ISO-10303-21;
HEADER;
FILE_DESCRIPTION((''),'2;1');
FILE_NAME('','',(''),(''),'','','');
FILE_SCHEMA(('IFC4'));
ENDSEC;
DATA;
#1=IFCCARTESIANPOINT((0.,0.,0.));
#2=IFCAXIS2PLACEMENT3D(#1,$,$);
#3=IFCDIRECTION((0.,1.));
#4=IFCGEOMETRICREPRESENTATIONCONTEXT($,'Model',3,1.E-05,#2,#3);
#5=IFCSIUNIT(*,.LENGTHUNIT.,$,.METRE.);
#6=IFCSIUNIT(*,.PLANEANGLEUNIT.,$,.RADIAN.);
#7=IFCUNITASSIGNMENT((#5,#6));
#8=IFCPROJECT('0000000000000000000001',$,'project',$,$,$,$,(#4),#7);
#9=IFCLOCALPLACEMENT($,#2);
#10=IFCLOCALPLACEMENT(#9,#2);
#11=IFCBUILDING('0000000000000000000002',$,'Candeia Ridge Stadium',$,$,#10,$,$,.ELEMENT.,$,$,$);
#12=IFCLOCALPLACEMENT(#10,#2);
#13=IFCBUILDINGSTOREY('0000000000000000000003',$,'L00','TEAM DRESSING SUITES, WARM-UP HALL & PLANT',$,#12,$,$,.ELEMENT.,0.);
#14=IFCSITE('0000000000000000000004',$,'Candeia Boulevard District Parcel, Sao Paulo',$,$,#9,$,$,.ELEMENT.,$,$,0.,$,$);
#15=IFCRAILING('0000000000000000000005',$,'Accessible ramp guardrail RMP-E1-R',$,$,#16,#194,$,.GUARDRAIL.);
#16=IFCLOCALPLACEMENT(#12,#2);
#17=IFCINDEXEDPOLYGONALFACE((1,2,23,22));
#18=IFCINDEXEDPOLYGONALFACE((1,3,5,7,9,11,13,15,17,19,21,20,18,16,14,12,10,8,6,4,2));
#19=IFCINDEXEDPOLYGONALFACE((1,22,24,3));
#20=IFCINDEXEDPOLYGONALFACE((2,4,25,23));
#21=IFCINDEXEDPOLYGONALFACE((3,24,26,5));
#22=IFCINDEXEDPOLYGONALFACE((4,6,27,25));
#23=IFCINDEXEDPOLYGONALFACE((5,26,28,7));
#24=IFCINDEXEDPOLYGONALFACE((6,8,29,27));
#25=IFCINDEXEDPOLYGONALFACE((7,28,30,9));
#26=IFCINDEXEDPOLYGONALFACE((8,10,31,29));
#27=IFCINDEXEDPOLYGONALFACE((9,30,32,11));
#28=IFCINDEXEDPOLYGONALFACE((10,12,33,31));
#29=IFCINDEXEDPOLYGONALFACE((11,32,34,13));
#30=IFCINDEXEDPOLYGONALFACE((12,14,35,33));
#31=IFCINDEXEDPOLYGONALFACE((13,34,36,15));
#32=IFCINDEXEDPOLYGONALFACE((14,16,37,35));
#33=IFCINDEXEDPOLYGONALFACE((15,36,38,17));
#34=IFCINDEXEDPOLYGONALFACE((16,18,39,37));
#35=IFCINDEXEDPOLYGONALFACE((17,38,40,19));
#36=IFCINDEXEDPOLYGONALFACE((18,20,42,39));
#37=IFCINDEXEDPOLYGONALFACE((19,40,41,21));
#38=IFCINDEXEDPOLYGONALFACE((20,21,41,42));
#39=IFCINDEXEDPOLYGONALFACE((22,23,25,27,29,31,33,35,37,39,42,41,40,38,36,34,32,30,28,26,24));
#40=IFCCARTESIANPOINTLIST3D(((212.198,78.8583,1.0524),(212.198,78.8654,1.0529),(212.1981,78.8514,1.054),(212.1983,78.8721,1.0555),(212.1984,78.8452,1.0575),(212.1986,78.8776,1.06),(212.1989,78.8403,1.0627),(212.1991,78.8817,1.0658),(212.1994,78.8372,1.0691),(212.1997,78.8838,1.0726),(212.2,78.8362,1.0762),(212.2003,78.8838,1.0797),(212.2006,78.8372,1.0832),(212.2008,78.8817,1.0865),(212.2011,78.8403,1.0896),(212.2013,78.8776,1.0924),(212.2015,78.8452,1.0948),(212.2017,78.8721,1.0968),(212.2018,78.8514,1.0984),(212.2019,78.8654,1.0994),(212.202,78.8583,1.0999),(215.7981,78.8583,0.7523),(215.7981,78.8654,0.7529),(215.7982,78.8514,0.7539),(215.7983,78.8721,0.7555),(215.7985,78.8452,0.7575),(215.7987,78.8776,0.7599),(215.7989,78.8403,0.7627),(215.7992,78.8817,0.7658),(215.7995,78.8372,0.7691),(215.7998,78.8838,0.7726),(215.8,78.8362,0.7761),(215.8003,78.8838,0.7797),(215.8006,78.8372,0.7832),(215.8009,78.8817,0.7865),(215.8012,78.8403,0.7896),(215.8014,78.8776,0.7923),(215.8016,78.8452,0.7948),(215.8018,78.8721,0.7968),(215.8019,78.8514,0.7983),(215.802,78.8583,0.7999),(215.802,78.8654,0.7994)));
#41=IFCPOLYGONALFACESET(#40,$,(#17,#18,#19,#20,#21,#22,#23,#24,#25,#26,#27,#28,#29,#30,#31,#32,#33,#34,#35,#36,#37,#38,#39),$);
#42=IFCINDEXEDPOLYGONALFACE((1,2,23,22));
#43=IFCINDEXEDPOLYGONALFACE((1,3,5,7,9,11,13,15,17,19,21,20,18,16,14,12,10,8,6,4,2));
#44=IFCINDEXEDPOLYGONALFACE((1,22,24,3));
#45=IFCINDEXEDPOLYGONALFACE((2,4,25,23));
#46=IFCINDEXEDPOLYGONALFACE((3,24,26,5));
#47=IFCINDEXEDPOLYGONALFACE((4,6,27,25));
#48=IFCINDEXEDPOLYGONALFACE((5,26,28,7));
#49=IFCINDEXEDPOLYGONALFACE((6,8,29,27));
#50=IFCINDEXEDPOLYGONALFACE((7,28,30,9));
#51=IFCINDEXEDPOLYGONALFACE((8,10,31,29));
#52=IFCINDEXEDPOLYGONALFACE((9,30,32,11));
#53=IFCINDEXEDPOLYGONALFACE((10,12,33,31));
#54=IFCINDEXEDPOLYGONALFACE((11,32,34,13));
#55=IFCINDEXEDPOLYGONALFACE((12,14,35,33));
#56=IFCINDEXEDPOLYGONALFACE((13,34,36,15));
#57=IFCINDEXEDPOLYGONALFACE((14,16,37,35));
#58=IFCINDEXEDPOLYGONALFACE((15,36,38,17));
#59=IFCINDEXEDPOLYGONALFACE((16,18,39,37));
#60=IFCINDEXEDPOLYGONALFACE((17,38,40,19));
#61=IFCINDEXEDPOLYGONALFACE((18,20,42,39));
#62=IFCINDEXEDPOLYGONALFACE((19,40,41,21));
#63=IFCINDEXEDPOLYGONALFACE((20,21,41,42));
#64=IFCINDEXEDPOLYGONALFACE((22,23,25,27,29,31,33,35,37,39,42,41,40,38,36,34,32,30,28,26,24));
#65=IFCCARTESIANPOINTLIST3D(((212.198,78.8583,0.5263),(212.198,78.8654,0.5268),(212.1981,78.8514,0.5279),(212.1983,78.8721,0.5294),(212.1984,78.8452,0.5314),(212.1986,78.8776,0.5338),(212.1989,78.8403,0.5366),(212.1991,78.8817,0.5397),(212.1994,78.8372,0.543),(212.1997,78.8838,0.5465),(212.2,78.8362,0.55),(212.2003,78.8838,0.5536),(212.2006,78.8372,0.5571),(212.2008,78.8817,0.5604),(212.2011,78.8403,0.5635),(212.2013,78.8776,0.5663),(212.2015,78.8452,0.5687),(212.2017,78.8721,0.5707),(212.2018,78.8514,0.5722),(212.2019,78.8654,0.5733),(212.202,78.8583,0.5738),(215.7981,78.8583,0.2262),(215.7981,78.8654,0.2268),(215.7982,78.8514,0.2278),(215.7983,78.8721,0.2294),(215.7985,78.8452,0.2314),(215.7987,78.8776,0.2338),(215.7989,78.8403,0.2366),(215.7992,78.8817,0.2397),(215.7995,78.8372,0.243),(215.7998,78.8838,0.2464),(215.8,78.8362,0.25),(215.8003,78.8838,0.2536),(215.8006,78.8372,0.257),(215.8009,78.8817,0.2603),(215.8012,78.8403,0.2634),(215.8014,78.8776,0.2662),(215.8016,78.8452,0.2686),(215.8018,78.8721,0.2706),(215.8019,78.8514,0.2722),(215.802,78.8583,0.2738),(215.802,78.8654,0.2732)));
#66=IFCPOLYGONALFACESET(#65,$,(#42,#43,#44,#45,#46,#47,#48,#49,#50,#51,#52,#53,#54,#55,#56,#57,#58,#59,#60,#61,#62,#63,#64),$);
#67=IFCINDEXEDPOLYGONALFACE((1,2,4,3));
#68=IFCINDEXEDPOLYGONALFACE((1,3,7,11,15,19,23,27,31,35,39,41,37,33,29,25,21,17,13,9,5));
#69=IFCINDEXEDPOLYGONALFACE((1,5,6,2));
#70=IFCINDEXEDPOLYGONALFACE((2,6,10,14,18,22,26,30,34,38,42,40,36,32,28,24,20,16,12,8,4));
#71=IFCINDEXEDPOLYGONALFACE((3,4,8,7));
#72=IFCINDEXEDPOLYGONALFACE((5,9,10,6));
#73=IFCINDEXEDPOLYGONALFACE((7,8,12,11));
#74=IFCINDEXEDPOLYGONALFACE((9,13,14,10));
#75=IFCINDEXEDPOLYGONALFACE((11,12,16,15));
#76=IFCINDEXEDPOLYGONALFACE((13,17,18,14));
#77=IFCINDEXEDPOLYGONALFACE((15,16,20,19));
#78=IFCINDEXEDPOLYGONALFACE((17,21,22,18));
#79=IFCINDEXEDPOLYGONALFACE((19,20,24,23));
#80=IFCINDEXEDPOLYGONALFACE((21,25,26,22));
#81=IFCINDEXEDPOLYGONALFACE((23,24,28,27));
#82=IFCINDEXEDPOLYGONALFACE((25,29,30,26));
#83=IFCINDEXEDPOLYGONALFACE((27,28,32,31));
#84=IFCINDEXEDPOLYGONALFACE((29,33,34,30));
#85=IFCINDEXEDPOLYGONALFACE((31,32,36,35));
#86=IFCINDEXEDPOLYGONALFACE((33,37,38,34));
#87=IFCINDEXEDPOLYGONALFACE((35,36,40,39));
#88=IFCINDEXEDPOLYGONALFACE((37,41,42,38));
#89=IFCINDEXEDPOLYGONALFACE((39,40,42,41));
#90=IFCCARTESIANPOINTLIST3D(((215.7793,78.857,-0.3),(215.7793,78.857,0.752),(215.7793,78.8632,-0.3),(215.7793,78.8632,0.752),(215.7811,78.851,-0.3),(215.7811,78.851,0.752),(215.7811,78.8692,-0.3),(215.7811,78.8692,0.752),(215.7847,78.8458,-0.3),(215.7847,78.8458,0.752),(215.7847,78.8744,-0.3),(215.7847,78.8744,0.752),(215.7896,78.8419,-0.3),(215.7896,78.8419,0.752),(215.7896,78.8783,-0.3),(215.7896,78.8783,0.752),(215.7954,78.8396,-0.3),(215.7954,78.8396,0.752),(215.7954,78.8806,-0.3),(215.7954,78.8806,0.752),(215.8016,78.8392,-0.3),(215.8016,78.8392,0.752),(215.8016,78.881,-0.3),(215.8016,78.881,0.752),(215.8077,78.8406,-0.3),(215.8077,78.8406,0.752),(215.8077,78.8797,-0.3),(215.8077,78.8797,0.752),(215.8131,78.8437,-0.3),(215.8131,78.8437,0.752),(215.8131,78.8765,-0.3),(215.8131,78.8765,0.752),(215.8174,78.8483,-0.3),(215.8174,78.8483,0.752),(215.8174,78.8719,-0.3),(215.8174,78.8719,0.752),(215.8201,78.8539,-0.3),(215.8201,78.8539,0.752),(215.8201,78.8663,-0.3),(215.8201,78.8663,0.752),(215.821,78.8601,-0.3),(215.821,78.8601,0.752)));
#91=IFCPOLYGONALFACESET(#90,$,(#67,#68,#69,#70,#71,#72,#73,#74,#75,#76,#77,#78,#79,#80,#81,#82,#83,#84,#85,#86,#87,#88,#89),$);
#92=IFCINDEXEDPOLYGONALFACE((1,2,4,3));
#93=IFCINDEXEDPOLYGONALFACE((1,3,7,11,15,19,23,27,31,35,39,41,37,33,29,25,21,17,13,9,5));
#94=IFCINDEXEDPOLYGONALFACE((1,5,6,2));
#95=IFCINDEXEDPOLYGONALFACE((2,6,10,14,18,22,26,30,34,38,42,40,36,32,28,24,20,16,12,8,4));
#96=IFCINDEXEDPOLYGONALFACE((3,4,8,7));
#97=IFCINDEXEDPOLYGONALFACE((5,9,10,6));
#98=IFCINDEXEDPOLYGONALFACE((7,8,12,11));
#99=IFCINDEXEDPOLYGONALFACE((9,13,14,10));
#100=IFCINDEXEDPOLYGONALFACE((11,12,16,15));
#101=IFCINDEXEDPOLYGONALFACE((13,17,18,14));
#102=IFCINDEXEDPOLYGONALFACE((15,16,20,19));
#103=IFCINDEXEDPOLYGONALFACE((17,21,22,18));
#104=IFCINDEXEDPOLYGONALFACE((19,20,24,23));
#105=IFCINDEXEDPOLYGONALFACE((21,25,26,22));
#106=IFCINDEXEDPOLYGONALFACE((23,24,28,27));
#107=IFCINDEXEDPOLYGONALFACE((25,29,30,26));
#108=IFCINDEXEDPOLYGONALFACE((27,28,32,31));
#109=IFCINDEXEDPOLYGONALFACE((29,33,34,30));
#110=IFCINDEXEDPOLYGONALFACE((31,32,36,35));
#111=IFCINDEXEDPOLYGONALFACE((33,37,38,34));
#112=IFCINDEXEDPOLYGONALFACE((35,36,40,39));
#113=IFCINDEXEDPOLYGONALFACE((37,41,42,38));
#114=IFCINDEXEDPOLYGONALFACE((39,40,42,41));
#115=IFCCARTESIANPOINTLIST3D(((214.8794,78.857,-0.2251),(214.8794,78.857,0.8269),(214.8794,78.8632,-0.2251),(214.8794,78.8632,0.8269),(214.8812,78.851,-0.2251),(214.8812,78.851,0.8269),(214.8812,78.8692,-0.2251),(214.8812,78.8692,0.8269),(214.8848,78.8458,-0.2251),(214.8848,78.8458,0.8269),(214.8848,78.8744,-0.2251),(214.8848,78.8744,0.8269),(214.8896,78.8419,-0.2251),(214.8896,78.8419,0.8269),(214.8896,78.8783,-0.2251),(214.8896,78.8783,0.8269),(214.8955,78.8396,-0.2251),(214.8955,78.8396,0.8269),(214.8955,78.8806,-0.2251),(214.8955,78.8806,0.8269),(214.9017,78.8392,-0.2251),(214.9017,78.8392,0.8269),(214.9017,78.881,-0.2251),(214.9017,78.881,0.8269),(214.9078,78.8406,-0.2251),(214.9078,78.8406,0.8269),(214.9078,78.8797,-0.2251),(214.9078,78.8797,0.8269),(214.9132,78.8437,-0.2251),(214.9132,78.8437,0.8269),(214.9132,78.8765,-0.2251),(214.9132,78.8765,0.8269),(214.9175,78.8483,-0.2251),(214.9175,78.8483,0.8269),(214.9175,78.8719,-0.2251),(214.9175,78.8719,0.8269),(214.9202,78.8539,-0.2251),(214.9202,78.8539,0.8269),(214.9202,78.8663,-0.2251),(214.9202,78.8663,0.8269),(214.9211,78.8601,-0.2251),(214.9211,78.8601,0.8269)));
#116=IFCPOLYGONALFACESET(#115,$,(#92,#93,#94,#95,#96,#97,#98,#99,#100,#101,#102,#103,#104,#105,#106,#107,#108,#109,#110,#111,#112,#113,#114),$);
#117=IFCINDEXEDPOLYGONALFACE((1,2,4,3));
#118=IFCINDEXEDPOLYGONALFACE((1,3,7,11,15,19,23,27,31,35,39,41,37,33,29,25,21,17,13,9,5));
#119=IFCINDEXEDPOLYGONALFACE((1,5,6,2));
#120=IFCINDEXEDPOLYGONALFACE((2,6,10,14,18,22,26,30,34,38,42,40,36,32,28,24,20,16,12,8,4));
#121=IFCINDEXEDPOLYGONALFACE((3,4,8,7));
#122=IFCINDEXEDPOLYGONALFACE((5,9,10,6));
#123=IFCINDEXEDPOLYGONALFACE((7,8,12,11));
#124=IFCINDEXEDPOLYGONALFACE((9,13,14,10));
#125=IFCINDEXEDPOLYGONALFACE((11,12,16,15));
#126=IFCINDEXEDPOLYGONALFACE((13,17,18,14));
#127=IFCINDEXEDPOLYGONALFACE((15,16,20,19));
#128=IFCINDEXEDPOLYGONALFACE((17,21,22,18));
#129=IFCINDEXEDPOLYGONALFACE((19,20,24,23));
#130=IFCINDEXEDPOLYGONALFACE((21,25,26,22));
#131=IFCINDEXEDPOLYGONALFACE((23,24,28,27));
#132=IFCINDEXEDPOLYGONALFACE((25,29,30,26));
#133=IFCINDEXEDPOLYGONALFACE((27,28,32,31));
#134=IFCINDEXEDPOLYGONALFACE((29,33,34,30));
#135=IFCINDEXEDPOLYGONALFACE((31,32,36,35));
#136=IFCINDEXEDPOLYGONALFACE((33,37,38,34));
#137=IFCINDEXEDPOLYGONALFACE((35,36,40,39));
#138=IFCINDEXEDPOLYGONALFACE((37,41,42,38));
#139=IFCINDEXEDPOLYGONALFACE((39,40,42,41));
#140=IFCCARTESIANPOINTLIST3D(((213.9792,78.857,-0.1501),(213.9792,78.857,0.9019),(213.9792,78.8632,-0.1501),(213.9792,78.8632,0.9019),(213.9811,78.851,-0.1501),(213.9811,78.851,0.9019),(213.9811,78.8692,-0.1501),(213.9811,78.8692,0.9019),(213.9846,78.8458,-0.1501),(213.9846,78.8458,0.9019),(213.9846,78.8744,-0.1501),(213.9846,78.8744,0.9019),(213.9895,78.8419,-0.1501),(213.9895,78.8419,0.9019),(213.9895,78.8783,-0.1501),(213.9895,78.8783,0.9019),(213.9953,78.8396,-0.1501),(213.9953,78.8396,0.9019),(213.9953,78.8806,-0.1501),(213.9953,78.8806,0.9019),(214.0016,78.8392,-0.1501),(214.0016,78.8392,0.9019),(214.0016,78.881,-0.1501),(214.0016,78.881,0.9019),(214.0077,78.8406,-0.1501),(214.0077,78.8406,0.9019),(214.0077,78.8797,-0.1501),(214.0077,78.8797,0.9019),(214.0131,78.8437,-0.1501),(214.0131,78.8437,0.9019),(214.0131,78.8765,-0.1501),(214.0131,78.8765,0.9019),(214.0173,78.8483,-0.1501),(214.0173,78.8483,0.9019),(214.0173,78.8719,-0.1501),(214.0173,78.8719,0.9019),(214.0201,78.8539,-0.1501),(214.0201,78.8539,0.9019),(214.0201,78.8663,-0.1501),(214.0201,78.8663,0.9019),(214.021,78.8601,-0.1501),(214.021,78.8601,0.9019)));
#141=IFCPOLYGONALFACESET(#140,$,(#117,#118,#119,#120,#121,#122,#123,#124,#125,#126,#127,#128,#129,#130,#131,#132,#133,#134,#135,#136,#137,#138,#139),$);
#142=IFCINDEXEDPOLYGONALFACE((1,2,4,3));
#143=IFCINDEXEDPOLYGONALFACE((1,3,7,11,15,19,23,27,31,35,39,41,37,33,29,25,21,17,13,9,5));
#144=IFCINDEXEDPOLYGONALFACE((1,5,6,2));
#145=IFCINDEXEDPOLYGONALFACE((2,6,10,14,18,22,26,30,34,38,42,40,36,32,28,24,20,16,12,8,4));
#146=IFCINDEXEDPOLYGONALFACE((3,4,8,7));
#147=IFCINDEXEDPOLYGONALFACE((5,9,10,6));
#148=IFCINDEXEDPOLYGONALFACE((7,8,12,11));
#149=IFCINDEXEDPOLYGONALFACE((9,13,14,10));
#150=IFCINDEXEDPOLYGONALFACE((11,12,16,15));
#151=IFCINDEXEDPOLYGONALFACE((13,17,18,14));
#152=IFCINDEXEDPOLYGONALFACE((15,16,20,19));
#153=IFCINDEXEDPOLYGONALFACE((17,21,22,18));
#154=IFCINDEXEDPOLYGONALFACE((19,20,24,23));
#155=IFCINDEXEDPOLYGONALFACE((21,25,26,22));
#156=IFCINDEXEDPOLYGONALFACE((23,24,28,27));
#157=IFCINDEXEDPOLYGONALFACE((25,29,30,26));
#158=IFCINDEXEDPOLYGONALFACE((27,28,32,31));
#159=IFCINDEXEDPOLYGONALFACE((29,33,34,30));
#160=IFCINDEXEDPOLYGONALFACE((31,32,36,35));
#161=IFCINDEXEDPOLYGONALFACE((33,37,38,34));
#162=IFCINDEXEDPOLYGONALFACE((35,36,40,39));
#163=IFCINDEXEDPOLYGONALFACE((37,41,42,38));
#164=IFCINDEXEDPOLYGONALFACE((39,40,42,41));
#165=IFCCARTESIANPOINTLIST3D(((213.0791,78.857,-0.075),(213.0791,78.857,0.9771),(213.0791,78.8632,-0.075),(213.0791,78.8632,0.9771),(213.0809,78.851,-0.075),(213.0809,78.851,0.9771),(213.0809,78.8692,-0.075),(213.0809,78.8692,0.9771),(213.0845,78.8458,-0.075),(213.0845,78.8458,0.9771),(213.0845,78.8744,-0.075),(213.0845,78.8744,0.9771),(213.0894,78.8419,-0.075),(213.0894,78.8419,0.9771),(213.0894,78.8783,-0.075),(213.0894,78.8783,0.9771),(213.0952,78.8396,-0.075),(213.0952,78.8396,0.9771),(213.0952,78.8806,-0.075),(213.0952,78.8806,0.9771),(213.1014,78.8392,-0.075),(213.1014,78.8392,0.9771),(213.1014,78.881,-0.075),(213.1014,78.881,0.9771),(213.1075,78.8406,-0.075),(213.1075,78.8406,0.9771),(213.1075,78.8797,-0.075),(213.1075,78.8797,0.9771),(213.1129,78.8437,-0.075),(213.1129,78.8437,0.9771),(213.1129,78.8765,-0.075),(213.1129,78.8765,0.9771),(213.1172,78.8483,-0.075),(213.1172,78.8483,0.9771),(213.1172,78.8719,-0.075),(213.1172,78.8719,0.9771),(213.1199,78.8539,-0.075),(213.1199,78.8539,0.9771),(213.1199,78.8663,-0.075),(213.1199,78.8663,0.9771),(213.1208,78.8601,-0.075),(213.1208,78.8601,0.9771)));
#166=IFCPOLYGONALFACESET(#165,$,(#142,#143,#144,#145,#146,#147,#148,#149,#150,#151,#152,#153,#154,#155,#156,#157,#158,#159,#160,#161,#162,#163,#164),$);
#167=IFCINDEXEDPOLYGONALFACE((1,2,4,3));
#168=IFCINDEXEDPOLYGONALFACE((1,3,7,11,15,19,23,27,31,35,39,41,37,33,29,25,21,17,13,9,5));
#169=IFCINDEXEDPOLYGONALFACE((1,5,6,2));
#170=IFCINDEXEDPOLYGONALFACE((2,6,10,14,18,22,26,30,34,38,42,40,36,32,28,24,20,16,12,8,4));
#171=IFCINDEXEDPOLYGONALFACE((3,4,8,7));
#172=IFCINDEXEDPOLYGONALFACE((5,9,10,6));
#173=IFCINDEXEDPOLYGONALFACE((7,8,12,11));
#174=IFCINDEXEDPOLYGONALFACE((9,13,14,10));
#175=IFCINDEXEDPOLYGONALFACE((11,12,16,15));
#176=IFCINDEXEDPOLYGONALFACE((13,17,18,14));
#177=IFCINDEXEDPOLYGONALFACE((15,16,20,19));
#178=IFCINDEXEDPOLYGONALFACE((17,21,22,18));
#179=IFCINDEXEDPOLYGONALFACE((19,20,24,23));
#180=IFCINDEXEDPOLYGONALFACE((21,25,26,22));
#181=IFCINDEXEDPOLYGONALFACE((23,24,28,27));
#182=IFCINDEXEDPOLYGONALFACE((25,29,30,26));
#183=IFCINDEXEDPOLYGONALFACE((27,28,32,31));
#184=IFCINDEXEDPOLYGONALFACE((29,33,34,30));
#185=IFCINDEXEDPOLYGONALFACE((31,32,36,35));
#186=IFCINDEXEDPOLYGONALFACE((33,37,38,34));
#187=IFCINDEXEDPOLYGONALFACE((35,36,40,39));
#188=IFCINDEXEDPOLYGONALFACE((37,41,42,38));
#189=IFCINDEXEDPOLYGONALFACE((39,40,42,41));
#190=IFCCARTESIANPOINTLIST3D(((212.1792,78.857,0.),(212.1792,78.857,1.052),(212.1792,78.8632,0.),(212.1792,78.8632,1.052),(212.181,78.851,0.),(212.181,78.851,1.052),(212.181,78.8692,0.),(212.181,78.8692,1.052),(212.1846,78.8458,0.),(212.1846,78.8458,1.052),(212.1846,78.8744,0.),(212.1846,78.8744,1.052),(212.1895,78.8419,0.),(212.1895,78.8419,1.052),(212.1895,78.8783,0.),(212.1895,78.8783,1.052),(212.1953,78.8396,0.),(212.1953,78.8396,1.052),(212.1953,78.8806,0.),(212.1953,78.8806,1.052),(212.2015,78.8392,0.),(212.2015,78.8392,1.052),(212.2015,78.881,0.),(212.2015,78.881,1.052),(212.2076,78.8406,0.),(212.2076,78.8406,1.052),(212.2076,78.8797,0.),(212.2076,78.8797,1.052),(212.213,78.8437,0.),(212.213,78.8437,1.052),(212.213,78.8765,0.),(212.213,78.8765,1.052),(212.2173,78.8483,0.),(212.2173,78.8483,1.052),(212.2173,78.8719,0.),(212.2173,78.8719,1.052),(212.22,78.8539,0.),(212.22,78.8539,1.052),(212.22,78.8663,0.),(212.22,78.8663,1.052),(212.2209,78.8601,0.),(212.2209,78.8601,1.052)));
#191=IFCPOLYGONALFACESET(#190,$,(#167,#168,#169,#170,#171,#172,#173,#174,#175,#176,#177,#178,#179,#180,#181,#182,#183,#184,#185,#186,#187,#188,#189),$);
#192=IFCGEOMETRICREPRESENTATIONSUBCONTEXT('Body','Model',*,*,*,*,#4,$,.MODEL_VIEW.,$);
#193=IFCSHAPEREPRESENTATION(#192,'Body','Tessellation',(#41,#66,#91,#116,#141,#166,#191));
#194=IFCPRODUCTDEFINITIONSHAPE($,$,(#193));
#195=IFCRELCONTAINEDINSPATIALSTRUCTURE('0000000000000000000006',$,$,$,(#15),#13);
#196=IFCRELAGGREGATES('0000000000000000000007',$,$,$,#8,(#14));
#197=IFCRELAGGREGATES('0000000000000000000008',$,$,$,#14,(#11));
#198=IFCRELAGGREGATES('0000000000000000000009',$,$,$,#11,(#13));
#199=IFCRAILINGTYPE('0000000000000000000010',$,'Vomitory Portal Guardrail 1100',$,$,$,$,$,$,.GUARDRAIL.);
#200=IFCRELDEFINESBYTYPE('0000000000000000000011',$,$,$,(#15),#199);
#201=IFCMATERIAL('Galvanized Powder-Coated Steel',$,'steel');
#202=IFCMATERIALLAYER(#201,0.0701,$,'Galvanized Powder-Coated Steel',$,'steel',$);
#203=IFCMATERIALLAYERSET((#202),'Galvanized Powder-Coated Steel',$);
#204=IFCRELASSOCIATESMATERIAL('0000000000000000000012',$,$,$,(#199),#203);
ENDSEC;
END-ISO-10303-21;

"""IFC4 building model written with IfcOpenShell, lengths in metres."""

from ifc_helpers import new_model, si_unit, direction, frame, origin, origin_2d, place, context, subcontext, project, spatial, circle, extrude, material, layer, layer_set, type_object, element, save


model = new_model("IFC4")

# Units and contexts
model_context = context("Model", 3, precision=1e-05, world=origin(), true_north=direction((0.0, 1.0)))
body_context = subcontext(model_context, "Body", "Model", "MODEL_VIEW")
ifc_project = project(units=[si_unit("LENGTHUNIT", "METRE"), si_unit("PLANEANGLEUNIT", "RADIAN")], contexts=[model_context])

# Site, building, storey
site_placement = place(None, origin())
site = spatial("IfcSite", under=ifc_project, at=site_placement, Name="Candeia Boulevard District Parcel, Sao Paulo", CompositionType="ELEMENT", RefElevation=0.0)
building_placement = place(site_placement, origin())
building = spatial("IfcBuilding", under=site, at=building_placement, Name="Candeia Ridge Stadium", CompositionType="ELEMENT")
storey_placement = place(building_placement, origin())
storey = spatial("IfcBuildingStorey", under=building, at=storey_placement, Name="L00", Description="TEAM DRESSING SUITES, WARM-UP HALL & PLANT", CompositionType="ELEMENT", Elevation=0.0)

# Railing
ifc_material_1 = material(Name="Galvanized Powder-Coated Steel", Category="steel")
ifc_layer_1 = layer(ifc_material_1, 0.0701, Name="Galvanized Powder-Coated Steel", Category="steel")
ifc_layer_set_1 = layer_set([ifc_layer_1], Name="Galvanized Powder-Coated Steel")
railing_type_1 = type_object("IfcRailingType", Name="Vomitory Portal Guardrail 1100", PredefinedType="GUARDRAIL", material=ifc_layer_set_1)
railing_1_placement = place(storey_placement, frame((215.8, 78.8601, -0.3)))
element("IfcRailing", 1, at=railing_1_placement, inside=storey, type_object=railing_type_1, Name="Accessible ramp guardrail RMP-E1-R", PredefinedType="GUARDRAIL", context=body_context, shape_type="SweptSolid", body=[
    extrude(circle(Radius=0.0239, at=origin_2d()), frame((0.0, 0.0, 1.0762), z_axis=(-0.996545, 0.0, 0.083057), x_axis=(0.0, -1.0, 0.0)), (0.0, 0.0, 1.0), 3.6125),
    extrude(circle(Radius=0.0239, at=origin_2d()), frame((0.0, 0.0, 0.55), z_axis=(-0.996545, 0.0, 0.083057), x_axis=(0.0, -1.0, 0.0)), (0.0, 0.0, 1.0), 3.6125),
    extrude(circle(Radius=0.021, at=origin_2d()), origin(), (0.0, 0.0, 1.0), 1.052),
    extrude(circle(Radius=0.021, at=origin_2d()), frame((-0.8999, 0.0, 0.075)), (0.0, 0.0, 1.0), 1.052),
    extrude(circle(Radius=0.021, at=origin_2d()), frame((-1.8, 0.0, 0.1499)), (0.0, 0.0, 1.0), 1.052),
    extrude(circle(Radius=0.021, at=origin_2d()), frame((-2.7002, 0.0, 0.2251)), (0.0, 0.0, 1.0), 1.052),
    extrude(circle(Radius=0.021, at=origin_2d()), frame((-3.6001, 0.0, 0.3)), (0.0, 0.0, 1.0), 1.052),
])

save(model, "model.ifc")
